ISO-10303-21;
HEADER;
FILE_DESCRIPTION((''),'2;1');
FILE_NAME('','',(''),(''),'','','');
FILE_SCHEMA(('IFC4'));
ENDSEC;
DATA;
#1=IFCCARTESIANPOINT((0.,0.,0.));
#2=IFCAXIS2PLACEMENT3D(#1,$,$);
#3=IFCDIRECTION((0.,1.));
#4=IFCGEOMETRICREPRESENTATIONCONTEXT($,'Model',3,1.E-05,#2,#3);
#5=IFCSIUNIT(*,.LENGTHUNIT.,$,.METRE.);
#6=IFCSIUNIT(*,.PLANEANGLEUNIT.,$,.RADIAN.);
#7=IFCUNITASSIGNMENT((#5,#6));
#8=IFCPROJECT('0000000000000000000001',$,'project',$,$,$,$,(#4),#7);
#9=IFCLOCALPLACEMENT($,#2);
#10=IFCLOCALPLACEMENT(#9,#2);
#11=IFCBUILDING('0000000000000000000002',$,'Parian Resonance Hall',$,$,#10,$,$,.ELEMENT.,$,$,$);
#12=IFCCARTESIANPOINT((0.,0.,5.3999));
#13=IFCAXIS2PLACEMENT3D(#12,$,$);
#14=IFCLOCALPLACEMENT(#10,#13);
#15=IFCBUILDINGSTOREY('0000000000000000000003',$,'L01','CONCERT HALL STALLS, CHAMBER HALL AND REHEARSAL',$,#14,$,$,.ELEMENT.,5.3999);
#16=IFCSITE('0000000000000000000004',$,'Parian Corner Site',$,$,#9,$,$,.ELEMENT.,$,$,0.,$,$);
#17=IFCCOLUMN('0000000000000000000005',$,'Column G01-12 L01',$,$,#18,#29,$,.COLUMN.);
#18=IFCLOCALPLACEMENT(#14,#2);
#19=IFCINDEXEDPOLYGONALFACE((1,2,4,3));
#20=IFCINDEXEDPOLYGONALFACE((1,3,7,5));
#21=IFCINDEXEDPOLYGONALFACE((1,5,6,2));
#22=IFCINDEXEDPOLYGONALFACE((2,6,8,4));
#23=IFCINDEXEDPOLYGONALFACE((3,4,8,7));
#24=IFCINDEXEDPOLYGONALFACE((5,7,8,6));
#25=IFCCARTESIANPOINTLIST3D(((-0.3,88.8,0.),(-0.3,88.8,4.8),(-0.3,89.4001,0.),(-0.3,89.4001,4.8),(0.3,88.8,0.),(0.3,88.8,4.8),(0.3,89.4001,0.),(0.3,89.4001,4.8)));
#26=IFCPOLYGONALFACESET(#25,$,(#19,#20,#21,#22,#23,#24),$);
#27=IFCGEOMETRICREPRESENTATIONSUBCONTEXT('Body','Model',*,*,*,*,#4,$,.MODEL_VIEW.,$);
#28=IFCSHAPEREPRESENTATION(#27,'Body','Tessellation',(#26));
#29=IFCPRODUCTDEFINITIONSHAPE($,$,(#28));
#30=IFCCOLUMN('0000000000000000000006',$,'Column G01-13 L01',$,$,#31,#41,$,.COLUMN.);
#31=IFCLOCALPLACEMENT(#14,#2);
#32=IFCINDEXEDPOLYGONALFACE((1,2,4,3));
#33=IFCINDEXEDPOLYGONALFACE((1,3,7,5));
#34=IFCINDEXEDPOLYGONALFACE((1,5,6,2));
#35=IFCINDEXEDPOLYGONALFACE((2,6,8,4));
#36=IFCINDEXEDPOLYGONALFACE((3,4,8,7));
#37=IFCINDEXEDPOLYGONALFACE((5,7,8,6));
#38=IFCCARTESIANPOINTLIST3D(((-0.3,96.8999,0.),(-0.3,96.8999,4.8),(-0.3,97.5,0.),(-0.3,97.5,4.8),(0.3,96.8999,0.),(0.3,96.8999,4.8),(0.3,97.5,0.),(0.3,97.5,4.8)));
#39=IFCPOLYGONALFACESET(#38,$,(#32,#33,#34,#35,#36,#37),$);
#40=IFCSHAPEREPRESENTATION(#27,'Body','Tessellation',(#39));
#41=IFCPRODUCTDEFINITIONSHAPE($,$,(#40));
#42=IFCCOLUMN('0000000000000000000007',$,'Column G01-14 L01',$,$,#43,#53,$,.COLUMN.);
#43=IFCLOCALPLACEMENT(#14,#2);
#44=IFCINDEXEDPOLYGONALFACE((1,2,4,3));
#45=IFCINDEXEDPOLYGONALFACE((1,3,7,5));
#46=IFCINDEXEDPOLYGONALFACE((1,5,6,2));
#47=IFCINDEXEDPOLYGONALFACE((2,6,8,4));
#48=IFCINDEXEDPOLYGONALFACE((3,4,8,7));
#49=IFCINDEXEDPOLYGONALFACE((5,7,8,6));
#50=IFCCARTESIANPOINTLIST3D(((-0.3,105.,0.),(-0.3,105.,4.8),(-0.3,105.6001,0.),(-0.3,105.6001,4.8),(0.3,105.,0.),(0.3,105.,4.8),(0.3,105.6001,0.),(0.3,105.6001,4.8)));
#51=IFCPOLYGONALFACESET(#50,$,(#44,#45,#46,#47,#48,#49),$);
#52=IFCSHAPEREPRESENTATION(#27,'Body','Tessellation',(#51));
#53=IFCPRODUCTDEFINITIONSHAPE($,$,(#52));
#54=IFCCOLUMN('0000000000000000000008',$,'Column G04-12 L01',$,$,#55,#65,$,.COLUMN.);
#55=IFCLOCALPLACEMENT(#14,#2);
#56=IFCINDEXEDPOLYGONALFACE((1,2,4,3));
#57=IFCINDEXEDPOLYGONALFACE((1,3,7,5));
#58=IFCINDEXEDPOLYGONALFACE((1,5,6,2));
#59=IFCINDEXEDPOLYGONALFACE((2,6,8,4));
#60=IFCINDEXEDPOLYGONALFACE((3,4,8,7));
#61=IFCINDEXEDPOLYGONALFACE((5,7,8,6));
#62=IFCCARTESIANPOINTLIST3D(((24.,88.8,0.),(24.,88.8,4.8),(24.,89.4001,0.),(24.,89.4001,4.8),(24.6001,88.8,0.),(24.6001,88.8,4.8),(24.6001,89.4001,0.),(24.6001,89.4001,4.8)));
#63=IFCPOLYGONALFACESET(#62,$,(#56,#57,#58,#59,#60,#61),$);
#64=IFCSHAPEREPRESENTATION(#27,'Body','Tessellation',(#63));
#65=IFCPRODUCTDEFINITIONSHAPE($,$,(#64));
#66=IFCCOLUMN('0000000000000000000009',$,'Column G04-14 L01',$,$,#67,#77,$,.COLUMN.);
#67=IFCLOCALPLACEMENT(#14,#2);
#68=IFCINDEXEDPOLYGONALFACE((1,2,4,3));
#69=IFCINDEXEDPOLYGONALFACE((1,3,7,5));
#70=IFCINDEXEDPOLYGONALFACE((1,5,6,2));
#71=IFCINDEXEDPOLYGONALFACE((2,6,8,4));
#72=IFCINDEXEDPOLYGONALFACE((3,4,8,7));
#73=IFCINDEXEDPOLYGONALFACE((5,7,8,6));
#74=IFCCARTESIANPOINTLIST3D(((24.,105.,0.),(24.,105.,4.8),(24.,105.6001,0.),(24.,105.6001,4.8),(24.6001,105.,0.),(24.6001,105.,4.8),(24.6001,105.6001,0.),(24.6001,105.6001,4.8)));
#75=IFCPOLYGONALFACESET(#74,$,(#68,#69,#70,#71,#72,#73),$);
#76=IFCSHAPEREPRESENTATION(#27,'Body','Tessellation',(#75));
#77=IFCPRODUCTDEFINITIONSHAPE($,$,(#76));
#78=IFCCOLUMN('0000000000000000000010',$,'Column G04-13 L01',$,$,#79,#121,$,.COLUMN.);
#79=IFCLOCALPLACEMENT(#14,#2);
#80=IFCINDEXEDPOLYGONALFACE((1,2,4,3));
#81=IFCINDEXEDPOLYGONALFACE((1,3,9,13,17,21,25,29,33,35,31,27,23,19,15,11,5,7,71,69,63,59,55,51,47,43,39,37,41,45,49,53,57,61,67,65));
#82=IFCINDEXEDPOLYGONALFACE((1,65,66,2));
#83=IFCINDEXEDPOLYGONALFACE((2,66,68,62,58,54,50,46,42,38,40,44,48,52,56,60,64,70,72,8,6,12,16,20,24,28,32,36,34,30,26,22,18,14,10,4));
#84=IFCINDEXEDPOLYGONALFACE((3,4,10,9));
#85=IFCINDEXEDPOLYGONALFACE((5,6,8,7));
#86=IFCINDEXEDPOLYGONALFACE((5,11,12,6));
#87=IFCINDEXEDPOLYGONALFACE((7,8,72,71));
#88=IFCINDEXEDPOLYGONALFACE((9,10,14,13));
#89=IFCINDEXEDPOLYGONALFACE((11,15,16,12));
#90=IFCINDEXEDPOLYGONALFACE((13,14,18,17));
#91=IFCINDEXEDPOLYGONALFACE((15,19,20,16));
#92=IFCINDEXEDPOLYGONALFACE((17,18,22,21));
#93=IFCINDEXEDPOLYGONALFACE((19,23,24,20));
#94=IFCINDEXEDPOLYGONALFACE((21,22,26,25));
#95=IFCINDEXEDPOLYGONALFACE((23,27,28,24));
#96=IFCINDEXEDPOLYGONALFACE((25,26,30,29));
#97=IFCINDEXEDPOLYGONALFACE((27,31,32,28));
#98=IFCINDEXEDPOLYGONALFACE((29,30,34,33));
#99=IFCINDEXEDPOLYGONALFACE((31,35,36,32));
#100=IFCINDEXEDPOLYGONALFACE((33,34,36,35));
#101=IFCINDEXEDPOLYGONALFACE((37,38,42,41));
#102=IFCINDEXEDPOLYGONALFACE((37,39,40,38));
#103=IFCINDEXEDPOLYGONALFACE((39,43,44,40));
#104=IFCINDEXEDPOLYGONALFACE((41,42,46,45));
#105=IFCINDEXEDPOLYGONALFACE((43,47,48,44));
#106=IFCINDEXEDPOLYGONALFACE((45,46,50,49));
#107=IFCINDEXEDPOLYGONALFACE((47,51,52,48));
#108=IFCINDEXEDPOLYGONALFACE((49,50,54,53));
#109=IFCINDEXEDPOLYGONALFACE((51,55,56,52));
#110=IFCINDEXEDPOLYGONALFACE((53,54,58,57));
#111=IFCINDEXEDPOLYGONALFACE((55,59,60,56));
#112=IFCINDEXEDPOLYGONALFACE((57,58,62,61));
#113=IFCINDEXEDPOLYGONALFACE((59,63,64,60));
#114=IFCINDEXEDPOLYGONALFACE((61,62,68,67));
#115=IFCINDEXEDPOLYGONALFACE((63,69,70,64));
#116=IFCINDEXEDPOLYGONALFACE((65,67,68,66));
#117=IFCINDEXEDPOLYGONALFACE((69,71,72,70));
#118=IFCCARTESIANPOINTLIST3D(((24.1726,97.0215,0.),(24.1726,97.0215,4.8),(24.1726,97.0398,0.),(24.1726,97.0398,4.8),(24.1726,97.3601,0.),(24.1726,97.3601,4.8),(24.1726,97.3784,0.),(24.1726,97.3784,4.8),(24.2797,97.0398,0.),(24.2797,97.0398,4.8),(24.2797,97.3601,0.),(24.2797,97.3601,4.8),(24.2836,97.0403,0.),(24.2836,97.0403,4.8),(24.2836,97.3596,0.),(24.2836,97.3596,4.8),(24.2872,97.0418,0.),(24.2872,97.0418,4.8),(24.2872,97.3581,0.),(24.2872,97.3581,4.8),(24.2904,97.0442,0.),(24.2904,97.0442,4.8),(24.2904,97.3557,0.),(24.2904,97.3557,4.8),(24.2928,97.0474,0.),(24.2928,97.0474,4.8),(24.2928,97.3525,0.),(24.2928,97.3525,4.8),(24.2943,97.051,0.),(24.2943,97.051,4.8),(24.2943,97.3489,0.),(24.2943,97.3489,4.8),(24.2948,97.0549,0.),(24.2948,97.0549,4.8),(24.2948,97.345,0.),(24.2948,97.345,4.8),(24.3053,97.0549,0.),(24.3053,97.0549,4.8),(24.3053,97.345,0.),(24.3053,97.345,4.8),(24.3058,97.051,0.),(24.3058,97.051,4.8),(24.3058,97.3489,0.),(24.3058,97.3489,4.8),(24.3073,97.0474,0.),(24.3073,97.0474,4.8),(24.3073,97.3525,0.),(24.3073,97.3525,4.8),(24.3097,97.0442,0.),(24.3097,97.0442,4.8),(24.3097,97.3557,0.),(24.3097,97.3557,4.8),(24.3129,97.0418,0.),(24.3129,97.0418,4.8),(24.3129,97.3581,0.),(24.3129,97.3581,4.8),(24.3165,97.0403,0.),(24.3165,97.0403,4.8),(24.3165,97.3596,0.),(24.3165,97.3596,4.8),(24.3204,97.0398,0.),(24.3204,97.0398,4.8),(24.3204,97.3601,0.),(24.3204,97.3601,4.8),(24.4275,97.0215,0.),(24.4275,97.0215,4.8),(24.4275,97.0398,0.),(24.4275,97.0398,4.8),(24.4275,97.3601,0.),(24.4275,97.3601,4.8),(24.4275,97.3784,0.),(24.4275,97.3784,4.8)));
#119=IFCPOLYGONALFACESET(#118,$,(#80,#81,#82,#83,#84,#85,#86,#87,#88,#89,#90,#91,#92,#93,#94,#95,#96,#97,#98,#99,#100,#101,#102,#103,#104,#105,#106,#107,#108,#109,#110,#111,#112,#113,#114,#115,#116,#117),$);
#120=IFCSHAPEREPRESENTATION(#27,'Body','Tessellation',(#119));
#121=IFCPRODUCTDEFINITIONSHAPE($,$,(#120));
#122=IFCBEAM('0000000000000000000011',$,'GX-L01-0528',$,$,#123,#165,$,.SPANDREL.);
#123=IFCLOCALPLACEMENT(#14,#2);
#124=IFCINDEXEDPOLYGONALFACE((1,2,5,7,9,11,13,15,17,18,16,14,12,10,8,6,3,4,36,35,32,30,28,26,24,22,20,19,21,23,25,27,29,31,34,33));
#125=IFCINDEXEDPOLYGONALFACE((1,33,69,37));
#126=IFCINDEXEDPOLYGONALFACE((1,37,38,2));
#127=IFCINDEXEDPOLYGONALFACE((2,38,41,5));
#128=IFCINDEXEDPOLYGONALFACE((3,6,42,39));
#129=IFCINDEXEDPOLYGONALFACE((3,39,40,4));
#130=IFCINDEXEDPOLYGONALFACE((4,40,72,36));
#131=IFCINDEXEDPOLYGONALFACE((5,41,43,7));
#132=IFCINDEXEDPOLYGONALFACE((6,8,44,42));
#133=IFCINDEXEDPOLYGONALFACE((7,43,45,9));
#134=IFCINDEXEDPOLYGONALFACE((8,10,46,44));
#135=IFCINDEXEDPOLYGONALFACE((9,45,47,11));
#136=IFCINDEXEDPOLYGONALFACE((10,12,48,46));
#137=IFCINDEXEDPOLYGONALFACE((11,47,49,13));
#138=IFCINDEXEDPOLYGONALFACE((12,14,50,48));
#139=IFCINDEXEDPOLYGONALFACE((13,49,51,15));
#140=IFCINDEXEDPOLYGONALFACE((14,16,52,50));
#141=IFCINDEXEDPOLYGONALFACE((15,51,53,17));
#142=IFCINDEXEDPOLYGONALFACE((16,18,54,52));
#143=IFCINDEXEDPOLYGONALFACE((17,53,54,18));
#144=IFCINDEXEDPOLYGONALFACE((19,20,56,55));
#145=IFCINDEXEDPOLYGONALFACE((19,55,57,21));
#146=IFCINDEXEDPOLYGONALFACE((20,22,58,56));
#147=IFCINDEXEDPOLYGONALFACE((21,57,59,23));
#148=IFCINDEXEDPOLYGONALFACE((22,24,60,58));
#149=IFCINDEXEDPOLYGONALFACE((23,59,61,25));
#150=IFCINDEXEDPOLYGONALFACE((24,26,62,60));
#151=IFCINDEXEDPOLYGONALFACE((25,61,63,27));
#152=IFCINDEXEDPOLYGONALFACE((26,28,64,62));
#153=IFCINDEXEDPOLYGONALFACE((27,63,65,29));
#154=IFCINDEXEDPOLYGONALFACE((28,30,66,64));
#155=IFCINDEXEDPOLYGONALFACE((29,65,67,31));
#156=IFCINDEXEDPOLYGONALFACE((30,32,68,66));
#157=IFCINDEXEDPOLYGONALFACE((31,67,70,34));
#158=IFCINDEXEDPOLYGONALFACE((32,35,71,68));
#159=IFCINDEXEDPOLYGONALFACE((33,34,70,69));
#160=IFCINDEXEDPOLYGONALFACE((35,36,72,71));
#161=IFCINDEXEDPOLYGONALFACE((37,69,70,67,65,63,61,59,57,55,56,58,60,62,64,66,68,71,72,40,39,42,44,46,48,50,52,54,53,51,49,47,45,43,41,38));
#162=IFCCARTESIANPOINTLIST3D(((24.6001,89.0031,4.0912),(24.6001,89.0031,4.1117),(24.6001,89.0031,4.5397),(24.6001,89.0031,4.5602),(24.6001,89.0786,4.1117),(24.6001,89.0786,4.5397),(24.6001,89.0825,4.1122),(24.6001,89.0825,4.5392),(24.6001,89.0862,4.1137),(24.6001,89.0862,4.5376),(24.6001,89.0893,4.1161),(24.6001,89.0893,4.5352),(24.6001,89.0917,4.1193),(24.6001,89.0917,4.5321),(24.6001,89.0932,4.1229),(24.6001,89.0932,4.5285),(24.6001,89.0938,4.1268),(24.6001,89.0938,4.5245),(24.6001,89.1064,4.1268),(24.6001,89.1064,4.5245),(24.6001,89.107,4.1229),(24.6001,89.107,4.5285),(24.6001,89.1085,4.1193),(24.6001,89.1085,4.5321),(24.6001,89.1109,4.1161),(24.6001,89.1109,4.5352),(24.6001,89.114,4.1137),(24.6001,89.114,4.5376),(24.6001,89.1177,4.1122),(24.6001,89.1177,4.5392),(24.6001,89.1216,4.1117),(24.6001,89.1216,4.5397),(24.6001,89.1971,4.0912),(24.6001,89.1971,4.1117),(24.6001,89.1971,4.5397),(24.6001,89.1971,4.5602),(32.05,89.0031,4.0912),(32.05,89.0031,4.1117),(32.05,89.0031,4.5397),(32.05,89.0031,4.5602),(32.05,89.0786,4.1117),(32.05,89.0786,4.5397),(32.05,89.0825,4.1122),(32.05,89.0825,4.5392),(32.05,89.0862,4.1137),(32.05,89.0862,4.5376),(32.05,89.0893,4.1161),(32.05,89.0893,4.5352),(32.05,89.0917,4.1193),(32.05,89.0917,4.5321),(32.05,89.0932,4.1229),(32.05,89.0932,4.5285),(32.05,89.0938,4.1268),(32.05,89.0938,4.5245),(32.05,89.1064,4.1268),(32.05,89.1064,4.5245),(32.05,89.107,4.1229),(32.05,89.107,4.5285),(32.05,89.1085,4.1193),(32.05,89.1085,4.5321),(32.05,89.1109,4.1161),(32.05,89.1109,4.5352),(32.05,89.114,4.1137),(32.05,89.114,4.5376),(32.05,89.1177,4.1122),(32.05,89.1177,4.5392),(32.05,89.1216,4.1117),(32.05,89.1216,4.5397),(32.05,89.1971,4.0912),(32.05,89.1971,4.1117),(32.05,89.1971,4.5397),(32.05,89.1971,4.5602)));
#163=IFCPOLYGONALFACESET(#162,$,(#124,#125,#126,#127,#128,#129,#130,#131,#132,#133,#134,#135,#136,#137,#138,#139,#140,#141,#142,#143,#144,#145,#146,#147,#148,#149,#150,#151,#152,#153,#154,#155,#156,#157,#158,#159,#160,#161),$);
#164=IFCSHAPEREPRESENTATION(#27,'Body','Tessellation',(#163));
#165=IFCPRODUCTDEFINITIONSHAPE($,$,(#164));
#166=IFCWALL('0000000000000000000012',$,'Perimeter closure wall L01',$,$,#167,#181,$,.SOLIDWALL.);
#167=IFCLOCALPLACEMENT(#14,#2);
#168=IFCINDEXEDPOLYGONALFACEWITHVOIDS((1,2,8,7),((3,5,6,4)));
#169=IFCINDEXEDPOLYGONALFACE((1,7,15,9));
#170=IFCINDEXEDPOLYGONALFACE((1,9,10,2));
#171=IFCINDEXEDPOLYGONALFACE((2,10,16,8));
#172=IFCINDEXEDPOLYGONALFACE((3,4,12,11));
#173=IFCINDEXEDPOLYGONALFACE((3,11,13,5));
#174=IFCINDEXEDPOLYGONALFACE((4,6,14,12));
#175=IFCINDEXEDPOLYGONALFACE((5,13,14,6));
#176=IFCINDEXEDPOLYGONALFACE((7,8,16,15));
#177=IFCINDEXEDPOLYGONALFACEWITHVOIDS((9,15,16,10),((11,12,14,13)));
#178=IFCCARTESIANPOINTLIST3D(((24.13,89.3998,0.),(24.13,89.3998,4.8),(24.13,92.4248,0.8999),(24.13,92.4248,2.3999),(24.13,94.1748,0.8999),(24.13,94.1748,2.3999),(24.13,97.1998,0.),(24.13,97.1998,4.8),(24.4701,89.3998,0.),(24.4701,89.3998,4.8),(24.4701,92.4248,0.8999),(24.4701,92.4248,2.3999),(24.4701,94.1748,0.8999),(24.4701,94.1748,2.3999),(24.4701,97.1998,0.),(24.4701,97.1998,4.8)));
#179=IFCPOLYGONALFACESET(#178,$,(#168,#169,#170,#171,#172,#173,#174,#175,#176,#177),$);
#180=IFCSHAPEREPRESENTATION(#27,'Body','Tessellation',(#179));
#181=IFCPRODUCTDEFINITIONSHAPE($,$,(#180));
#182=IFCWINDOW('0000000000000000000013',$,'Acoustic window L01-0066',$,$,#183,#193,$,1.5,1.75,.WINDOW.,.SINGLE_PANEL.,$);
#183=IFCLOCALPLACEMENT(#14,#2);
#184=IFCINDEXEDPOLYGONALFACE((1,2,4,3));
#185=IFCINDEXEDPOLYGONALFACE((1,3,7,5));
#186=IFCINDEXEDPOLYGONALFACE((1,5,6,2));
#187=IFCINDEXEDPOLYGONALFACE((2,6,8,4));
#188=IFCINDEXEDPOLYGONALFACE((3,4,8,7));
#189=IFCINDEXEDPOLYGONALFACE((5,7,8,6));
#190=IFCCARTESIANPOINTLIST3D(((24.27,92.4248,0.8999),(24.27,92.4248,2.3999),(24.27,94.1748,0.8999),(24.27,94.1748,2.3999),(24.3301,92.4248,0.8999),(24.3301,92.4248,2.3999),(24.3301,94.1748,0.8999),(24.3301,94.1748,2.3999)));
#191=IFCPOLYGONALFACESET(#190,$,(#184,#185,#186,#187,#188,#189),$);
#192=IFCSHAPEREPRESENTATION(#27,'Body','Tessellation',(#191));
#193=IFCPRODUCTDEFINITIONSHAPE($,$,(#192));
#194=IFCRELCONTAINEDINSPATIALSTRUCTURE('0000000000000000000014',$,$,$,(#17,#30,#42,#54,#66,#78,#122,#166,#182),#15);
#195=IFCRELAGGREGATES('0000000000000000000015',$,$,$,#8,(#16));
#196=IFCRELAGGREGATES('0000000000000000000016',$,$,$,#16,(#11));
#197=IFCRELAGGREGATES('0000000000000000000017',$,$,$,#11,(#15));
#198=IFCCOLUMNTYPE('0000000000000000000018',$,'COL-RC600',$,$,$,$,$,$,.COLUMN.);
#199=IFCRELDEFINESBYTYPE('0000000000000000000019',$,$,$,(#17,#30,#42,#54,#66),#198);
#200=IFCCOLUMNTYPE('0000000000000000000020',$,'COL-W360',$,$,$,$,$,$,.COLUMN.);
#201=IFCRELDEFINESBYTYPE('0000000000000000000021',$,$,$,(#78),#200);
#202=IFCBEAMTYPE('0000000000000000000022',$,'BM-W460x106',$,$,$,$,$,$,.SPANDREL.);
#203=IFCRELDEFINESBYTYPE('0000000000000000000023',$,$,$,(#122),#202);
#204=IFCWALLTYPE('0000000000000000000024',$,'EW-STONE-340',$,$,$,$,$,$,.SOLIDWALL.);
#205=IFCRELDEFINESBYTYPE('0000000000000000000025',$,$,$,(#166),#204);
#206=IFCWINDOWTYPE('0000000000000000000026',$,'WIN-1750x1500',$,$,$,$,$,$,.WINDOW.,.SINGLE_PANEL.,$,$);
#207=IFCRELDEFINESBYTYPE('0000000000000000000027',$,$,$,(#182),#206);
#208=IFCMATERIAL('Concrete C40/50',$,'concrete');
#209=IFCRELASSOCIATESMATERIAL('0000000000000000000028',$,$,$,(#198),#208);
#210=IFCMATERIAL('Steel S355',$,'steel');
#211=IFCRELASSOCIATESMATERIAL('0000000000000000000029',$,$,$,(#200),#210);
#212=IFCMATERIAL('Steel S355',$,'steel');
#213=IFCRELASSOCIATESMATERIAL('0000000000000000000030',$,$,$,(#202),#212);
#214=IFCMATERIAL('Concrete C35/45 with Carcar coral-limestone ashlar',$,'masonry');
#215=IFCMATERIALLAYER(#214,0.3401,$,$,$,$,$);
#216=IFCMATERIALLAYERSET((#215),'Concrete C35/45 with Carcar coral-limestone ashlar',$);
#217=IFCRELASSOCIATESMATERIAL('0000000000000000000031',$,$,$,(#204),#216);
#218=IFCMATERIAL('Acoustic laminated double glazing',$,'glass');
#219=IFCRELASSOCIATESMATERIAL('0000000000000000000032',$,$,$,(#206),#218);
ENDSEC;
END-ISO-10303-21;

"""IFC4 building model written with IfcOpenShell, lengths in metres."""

from ifc_helpers import new_model, si_unit, direction, frame, frame_2d, origin, origin_2d, place, context, subcontext, project, spatial, rectangle, i_section, extrude, material, layer, layer_set, material_profile, profile_set, type_object, element, fill, save


model = new_model("IFC4")

# Units and contexts
model_context = context("Model", 3, precision=1e-05, world=origin(), true_north=direction((0.0, 1.0)))
body_context = subcontext(model_context, "Body", "Model", "MODEL_VIEW")
ifc_project = project(units=[si_unit("LENGTHUNIT", "METRE"), si_unit("PLANEANGLEUNIT", "RADIAN")], contexts=[model_context])

# Site, building, storey
site_placement = place(None, origin())
site = spatial("IfcSite", under=ifc_project, at=site_placement, Name="Parian Corner Site", CompositionType="ELEMENT", RefElevation=0.0)
building_placement = place(site_placement, origin())
building = spatial("IfcBuilding", under=site, at=building_placement, Name="Parian Resonance Hall", CompositionType="ELEMENT")
storey_placement = place(building_placement, frame((0.0, 0.0, 5.3999)))
storey = spatial("IfcBuildingStorey", under=building, at=storey_placement, Name="L01", Description="CONCERT HALL STALLS, CHAMBER HALL AND REHEARSAL", CompositionType="ELEMENT", Elevation=5.3999)

# Columns
ifc_material_1 = material(Name="Concrete C40/50", Category="concrete")
ifc_material_profile_1 = material_profile(ifc_material_1, rectangle(XDim=0.6001, YDim=0.6001, at=origin_2d()), Name="RC-COL-600x600")
ifc_profile_set_1 = profile_set([ifc_material_profile_1], Name="Concrete C40/50")
column_type_1 = type_object("IfcColumnType", Name="COL-RC600", PredefinedType="COLUMN", material=ifc_profile_set_1)
for number, where, z_axis, x_axis, name in (
    (1, (0.0, 89.1001, 0.0), (0.0, 0.0, 1.0), (1.0, 0.0, 0.0), "Column G01-12 L01"),
    (2, (0.0, 97.2, 0.0), (0.0, 0.0, 1.0), (1.0, 0.0, 0.0), "Column G01-13 L01"),
    (3, (0.0, 105.3, 0.0), (0.0, 0.0, 1.0), (1.0, 0.0, 0.0), "Column G01-14 L01"),
    (4, (24.3, 89.1001, 0.0), (0.0, 0.0, 1.0), (1.0, 0.0, 0.0), "Column G04-12 L01"),
    (5, (24.3, 105.3, 0.0), (0.0, 0.0, 1.0), (1.0, 0.0, 0.0), "Column G04-14 L01"),
):
    element("IfcColumn", number, at=place(storey_placement, frame(where, z_axis=z_axis, x_axis=x_axis)), inside=storey, type_object=column_type_1, Name=name, PredefinedType="COLUMN", context=body_context, shape_type="SweptSolid", body=[
        extrude(rectangle(XDim=0.6001, YDim=0.6001, at=origin_2d()), origin(), (0.0, 0.0, 1.0), 4.8),
    ])
ifc_material_2 = material(Name="Steel S355", Category="steel")
ifc_material_profile_2 = material_profile(ifc_material_2, i_section(OverallWidth=0.2549, OverallDepth=0.3569, WebThickness=0.0105, FlangeThickness=0.0183, FilletRadius=0.0151, at=origin_2d()), Name="W360x101")
ifc_profile_set_2 = profile_set([ifc_material_profile_2], Name="Steel S355")
column_type_2 = type_object("IfcColumnType", Name="COL-W360", PredefinedType="COLUMN", material=ifc_profile_set_2)
column_placement = place(storey_placement, frame((24.3, 97.2, 0.0), z_axis=(0.0, 0.0, 1.0), x_axis=(1.0, 0.0, 0.0)))
element("IfcColumn", 6, at=column_placement, inside=storey, type_object=column_type_2, Name="Column G04-13 L01", PredefinedType="COLUMN", context=body_context, shape_type="SweptSolid", body=[
    extrude(i_section(OverallWidth=0.2549, OverallDepth=0.3569, WebThickness=0.0105, FlangeThickness=0.0183, FilletRadius=0.0151, at=origin_2d()), origin(), (0.0, 0.0, 1.0), 4.8),
])

# Beam
ifc_material_3 = material(Name="Steel S355", Category="steel")
ifc_material_profile_3 = material_profile(ifc_material_3, i_section(OverallWidth=0.1941, OverallDepth=0.469, WebThickness=0.0127, FlangeThickness=0.0205, FilletRadius=0.0151, at=origin_2d()), Name="W460x106")
ifc_profile_set_3 = profile_set([ifc_material_profile_3], Name="Steel S355")
beam_type = type_object("IfcBeamType", Name="BM-W460x106", PredefinedType="SPANDREL", material=ifc_profile_set_3)
beam_placement = place(storey_placement, frame((24.6001, 89.1001, 4.3257), z_axis=(1.0, 0.0, 0.0), x_axis=(0.0, 1.0, 0.0)))
element("IfcBeam", 7, at=beam_placement, inside=storey, type_object=beam_type, Name="GX-L01-0528", PredefinedType="SPANDREL", context=body_context, shape_type="SweptSolid", body=[
    extrude(i_section(OverallWidth=0.1941, OverallDepth=0.469, WebThickness=0.0127, FlangeThickness=0.0205, FilletRadius=0.0151, at=origin_2d()), origin(), (0.0, 0.0, 1.0), 7.45),
])

# Wall, opening, window
ifc_material_4 = material(Name="Concrete C35/45 with Carcar coral-limestone ashlar", Category="masonry")
ifc_layer_1 = layer(ifc_material_4, 0.3401)
ifc_layer_set_1 = layer_set([ifc_layer_1], Name="Concrete C35/45 with Carcar coral-limestone ashlar")
wall_type_1 = type_object("IfcWallType", Name="EW-STONE-340", PredefinedType="SOLIDWALL", material=ifc_layer_set_1)
wall_1_placement = place(storey_placement, frame((24.3, 89.3999, 0.0), z_axis=(0.0, 0.0, 1.0), x_axis=(0.0, 1.0, 0.0)))
wall_1 = element("IfcWall", 8, at=wall_1_placement, inside=storey, type_object=wall_type_1, Name="Perimeter closure wall L01", PredefinedType="SOLIDWALL", context=body_context, shape_type="SweptSolid", body=[
    extrude(rectangle(XDim=7.8, YDim=0.3401, at=frame_2d((3.8999, 0.0))), origin(), (0.0, 0.0, 1.0), 4.8),
])
opening_1_placement = place(wall_1_placement, frame((3.0249, 0.0, 0.8999)))
opening_1 = element("IfcOpeningElement", 9, at=opening_1_placement, cuts=wall_1, PredefinedType="OPENING", context=body_context, shape_type="SweptSolid", body=[
    extrude(rectangle(XDim=1.75, YDim=1.5, at=frame_2d((0.875, 0.75))), frame((0.0, 0.1799, 0.0), z_axis=(0.0, -1.0, 0.0), x_axis=(1.0, 0.0, 0.0)), (0.0, 0.0, 1.0), 0.3601),
])
ifc_material_5 = material(Name="Acoustic laminated double glazing", Category="glass")
window_type_1 = type_object("IfcWindowType", Name="WIN-1750x1500", PartitioningType="SINGLE_PANEL", PredefinedType="WINDOW", material=ifc_material_5)
window_1_placement = place(opening_1_placement, origin())
window_1 = element("IfcWindow", 10, at=window_1_placement, inside=storey, type_object=window_type_1, Name="Acoustic window L01-0066", OverallHeight=1.5, OverallWidth=1.75, PartitioningType="SINGLE_PANEL", PredefinedType="WINDOW", context=body_context, shape_type="SweptSolid", body=[
    extrude(rectangle(XDim=1.75, YDim=1.5, at=frame_2d((0.875, 0.75))), frame((0.0, 0.03, 0.0), z_axis=(0.0, -1.0, 0.0), x_axis=(1.0, 0.0, 0.0)), (0.0, 0.0, 1.0), 0.0601),
])
fill(opening_1, window_1)

save(model, "model.ifc")
